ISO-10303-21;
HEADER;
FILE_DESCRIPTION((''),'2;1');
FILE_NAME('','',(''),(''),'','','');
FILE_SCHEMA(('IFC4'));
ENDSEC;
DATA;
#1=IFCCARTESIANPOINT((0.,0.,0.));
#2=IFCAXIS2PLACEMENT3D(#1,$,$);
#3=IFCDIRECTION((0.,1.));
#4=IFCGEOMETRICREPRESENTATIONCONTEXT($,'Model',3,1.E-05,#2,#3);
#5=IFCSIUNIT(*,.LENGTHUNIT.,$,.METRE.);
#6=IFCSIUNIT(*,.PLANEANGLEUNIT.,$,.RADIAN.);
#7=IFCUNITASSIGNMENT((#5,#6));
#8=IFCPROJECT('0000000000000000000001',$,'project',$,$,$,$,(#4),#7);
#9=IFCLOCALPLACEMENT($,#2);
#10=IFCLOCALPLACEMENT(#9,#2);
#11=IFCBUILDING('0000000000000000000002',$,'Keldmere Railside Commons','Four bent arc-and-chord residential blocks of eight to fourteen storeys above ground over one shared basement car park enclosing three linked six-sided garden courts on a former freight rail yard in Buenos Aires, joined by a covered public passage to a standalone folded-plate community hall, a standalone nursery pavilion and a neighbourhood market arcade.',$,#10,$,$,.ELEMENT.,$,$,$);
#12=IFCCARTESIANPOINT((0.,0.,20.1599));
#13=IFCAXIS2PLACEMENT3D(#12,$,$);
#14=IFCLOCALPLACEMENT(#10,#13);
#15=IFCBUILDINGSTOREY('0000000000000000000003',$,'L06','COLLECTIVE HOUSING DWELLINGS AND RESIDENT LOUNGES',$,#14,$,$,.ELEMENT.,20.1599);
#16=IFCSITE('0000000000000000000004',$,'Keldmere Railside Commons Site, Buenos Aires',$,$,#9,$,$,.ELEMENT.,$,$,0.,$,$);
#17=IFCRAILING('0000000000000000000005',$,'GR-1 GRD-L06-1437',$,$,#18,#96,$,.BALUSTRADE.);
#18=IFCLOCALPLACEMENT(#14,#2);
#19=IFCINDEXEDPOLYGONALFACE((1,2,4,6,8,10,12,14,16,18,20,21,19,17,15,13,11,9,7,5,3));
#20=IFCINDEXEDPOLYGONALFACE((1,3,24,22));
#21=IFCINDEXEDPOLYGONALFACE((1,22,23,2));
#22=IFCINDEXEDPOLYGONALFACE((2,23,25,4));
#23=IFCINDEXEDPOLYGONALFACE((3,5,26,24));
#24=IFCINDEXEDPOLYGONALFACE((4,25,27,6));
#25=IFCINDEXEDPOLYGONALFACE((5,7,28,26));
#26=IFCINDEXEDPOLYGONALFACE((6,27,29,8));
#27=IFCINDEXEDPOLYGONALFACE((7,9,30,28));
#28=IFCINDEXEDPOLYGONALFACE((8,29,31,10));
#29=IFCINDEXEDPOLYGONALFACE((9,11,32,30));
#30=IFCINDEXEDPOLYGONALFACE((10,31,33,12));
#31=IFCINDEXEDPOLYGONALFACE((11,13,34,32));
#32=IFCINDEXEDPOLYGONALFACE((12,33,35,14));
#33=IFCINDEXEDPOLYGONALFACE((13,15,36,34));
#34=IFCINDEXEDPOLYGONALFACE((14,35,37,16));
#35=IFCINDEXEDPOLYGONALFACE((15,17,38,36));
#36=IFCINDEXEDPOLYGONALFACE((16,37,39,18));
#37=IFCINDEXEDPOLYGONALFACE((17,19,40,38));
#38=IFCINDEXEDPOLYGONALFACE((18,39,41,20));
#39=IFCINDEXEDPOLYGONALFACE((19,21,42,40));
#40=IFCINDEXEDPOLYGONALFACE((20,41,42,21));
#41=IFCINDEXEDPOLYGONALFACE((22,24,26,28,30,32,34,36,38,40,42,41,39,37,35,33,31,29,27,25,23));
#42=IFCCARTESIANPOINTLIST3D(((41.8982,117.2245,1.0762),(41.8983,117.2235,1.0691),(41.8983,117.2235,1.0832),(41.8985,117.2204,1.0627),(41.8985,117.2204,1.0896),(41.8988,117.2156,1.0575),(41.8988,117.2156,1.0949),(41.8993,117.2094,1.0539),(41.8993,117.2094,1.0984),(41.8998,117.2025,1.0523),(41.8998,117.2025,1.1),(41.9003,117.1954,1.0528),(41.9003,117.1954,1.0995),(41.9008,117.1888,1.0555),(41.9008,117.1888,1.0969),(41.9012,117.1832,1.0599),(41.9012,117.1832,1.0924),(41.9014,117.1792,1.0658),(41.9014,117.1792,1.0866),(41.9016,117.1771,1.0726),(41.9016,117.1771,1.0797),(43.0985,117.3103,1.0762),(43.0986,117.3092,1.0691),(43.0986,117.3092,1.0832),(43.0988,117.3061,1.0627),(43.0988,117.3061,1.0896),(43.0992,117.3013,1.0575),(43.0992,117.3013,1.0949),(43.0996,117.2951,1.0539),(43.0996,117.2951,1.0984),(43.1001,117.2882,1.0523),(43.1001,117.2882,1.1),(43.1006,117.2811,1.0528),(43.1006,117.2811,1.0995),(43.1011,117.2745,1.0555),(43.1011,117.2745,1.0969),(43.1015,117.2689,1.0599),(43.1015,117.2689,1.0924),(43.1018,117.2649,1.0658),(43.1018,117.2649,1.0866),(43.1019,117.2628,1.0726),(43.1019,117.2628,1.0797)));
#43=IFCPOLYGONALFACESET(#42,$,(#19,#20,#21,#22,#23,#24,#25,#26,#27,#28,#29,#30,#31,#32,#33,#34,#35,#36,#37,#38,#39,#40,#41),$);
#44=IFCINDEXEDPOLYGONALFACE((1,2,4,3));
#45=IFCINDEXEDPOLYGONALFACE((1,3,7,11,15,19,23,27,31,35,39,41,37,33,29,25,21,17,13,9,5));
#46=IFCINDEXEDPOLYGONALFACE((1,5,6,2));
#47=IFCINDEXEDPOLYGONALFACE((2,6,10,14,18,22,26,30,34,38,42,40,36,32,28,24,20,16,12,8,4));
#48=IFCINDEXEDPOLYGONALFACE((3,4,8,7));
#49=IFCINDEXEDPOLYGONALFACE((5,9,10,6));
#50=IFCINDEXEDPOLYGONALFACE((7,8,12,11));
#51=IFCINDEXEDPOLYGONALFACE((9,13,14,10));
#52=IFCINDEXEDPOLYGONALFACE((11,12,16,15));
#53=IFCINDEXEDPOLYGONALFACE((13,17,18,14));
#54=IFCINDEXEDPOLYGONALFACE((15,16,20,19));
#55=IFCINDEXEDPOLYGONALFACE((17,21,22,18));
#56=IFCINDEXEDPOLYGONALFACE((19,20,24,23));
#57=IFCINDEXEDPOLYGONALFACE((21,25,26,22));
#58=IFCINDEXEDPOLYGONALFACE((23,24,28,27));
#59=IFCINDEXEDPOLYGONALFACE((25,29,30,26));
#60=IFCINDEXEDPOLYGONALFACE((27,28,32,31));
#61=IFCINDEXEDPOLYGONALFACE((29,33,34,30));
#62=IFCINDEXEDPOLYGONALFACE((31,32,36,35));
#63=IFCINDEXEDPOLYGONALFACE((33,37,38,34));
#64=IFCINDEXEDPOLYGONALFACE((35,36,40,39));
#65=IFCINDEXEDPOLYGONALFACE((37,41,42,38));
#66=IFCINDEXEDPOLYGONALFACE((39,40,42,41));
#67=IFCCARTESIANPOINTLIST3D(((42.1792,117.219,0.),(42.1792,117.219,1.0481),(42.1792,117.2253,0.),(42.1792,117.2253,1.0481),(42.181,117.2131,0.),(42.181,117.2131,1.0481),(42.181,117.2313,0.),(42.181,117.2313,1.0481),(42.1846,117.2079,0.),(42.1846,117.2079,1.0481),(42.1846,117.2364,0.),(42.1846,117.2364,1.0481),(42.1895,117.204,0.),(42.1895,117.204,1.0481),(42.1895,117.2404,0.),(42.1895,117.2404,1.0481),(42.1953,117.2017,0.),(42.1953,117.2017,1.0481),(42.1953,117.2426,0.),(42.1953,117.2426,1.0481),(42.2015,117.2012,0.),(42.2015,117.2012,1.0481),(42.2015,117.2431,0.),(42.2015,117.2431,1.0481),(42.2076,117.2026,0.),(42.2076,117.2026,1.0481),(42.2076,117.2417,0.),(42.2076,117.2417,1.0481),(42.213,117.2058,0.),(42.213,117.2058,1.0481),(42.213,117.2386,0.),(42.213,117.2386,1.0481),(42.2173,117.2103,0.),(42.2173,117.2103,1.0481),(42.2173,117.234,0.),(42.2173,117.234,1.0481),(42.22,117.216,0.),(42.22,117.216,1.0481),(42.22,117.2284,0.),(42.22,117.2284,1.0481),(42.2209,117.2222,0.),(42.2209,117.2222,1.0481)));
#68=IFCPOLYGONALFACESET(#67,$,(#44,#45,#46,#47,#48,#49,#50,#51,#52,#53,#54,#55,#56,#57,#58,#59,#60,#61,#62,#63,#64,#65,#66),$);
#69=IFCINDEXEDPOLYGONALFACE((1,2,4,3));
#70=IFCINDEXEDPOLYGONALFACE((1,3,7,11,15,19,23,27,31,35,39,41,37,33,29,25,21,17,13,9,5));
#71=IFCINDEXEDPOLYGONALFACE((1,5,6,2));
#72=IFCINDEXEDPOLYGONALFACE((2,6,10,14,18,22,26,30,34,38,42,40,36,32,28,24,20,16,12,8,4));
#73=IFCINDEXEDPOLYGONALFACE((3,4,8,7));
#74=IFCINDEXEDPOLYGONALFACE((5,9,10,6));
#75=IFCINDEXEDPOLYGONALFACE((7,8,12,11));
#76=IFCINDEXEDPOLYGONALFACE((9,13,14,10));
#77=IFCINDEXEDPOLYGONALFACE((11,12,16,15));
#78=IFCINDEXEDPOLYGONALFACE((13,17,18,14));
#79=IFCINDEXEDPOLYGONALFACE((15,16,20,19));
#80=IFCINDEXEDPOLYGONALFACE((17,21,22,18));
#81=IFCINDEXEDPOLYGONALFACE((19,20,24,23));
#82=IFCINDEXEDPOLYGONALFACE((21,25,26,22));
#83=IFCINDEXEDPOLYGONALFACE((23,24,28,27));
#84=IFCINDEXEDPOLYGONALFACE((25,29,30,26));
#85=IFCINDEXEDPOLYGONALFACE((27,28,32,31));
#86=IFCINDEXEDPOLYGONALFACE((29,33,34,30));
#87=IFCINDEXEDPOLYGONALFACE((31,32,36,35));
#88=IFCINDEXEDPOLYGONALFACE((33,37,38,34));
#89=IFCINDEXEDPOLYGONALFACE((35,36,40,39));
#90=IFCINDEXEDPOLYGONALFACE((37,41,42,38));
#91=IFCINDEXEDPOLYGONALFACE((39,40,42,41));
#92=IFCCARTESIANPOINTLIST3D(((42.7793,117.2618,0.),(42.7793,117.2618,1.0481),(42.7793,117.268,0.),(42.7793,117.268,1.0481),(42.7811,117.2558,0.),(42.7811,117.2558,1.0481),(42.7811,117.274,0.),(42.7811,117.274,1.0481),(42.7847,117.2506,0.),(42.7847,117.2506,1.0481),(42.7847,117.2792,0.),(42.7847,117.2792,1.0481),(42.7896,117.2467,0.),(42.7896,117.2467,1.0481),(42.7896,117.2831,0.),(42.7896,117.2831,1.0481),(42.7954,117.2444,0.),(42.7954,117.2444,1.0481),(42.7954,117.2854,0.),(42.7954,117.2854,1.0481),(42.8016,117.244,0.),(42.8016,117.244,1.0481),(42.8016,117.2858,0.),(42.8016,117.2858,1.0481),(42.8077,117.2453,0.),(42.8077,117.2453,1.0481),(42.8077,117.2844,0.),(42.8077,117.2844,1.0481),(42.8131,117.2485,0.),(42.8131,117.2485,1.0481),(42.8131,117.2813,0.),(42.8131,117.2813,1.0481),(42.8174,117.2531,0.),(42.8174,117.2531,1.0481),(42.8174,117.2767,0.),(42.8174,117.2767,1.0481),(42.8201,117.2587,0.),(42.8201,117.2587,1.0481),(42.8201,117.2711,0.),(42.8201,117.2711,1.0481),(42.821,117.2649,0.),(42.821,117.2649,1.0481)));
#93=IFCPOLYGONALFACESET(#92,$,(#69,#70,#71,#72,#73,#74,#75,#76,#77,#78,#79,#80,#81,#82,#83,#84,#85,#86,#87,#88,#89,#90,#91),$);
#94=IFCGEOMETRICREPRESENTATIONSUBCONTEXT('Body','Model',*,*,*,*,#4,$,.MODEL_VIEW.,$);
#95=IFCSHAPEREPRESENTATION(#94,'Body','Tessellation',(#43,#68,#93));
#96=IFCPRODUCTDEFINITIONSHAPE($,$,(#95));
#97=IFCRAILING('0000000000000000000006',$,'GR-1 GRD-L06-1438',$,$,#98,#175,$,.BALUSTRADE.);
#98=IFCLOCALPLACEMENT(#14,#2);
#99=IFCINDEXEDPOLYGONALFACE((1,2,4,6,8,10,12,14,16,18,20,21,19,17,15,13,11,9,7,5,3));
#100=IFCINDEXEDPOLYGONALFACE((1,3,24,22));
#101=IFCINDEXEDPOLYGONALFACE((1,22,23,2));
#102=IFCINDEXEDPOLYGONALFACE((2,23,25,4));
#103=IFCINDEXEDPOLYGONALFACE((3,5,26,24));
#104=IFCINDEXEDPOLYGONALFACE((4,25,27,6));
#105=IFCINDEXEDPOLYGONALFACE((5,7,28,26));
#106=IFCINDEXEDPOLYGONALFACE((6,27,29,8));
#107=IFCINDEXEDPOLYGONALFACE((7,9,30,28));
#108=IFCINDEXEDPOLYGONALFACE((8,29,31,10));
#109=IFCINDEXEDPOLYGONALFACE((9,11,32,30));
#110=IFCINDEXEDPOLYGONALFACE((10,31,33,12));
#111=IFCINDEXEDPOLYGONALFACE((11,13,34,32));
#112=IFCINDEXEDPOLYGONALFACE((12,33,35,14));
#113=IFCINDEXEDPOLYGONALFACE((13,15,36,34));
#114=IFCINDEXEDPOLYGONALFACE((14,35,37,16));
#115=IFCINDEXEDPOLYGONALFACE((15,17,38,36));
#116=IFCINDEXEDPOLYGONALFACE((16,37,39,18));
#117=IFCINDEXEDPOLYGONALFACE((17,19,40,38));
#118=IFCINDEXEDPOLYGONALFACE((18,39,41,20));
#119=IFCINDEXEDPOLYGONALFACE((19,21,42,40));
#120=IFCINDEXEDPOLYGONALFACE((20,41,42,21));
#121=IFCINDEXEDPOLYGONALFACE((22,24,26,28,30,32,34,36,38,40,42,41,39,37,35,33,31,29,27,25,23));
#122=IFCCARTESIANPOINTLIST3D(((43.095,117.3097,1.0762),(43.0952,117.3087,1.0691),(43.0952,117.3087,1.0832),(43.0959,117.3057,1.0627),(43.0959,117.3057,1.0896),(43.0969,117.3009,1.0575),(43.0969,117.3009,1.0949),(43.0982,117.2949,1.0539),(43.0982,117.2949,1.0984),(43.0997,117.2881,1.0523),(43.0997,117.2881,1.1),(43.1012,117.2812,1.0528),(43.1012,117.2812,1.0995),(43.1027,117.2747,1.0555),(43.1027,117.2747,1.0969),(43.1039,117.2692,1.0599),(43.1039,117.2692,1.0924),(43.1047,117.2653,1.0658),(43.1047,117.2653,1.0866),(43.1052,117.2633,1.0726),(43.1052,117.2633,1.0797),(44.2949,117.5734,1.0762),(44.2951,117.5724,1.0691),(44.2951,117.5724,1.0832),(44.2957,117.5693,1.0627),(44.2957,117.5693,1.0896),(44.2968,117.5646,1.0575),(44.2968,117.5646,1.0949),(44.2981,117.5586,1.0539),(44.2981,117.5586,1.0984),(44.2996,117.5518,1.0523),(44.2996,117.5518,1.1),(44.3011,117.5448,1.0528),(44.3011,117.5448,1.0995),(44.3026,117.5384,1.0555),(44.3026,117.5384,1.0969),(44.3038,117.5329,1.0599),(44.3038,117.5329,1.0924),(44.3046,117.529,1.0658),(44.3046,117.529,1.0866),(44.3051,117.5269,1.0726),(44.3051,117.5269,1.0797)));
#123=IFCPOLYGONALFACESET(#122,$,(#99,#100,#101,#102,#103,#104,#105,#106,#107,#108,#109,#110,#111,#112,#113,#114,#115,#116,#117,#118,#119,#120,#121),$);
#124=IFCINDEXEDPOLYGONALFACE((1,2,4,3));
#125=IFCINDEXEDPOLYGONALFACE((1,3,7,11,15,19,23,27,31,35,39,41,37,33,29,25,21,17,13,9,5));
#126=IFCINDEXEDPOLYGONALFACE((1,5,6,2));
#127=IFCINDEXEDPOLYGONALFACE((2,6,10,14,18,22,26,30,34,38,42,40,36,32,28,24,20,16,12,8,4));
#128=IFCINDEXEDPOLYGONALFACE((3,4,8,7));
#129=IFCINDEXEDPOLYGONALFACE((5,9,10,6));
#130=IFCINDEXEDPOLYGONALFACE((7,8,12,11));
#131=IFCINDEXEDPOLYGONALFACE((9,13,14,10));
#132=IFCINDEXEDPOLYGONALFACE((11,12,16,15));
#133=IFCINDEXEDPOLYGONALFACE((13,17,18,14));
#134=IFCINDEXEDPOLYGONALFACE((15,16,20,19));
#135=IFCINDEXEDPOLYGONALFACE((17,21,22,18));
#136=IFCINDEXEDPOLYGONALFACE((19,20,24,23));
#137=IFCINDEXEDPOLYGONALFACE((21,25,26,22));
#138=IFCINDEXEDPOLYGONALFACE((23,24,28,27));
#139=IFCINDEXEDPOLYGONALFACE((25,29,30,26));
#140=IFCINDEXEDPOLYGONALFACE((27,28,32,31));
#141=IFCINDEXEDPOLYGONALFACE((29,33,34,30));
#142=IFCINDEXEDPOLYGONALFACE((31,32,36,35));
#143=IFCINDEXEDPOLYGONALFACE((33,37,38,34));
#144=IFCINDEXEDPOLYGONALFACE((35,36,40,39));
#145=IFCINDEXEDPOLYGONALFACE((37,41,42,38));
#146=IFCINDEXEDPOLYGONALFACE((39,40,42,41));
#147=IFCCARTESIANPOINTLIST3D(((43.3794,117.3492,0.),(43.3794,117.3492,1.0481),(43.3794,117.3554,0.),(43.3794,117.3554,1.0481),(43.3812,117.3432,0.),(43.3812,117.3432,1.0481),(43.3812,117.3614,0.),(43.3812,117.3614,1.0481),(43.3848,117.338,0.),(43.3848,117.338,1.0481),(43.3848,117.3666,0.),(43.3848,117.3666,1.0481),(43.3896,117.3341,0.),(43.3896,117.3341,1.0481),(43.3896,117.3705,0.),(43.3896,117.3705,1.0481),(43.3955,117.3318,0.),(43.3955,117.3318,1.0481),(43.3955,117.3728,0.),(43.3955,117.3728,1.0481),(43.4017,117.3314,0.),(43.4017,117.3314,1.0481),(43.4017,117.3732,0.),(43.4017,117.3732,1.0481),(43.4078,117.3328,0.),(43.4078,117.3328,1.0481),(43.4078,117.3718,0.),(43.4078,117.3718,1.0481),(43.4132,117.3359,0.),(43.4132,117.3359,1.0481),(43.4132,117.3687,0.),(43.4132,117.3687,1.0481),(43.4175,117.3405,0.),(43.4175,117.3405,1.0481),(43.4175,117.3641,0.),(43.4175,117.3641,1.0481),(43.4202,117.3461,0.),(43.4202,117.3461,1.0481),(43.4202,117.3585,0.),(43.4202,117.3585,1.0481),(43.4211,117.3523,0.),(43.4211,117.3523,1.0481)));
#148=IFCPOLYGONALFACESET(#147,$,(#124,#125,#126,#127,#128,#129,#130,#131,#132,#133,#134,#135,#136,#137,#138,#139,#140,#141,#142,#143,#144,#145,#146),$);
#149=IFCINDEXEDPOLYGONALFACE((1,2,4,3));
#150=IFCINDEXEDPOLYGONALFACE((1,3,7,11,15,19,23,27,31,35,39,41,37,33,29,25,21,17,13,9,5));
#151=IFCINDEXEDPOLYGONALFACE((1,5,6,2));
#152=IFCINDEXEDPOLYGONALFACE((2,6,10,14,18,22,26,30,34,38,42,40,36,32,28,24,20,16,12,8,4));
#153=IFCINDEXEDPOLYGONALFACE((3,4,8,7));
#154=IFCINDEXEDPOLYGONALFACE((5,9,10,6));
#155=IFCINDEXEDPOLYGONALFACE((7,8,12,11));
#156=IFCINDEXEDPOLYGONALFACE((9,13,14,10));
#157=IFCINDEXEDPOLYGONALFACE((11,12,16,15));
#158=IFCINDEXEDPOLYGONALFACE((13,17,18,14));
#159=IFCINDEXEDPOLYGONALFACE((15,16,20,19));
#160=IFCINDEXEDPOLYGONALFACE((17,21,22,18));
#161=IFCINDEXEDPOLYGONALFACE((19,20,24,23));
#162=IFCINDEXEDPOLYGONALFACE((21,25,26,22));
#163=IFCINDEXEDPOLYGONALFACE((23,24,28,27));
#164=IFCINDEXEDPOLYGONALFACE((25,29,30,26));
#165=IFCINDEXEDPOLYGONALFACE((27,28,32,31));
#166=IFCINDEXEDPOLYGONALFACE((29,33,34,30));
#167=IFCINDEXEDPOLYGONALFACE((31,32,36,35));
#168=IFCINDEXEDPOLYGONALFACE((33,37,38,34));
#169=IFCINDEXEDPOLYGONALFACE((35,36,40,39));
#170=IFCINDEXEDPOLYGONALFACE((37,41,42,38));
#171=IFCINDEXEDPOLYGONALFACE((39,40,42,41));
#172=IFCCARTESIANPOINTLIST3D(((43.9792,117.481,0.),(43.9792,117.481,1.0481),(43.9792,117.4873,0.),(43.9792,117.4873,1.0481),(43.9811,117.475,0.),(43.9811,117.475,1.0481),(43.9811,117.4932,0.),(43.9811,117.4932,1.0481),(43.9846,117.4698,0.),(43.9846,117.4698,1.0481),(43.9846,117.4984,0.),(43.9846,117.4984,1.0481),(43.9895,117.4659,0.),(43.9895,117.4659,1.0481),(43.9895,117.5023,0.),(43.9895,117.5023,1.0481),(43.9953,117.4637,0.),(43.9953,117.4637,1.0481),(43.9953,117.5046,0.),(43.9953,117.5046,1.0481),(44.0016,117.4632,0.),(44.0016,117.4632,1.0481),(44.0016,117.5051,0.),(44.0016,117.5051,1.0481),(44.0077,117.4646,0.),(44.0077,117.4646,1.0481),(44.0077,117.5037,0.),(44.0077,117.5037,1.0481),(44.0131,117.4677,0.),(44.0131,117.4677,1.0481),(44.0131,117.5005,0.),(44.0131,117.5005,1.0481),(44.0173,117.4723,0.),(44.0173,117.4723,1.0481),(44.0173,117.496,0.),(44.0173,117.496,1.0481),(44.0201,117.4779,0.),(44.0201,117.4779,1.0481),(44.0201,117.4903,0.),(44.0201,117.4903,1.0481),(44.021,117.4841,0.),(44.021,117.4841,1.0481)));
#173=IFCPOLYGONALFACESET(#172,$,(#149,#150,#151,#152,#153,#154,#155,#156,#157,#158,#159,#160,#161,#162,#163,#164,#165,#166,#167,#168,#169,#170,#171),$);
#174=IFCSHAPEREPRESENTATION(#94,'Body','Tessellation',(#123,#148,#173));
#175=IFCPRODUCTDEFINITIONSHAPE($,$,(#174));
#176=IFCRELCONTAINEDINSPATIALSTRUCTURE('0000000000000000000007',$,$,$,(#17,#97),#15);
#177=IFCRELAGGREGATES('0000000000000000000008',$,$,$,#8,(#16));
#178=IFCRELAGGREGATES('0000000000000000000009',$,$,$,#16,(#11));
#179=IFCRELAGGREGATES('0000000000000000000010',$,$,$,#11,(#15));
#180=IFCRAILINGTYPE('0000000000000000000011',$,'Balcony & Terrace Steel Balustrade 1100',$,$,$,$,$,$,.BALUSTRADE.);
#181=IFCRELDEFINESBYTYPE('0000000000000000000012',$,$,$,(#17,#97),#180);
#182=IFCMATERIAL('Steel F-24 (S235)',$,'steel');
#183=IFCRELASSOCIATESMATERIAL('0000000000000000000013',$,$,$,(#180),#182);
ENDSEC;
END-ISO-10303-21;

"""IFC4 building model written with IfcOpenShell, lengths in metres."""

from ifc_helpers import new_model, si_unit, direction, frame, origin, origin_2d, place, context, subcontext, project, spatial, circle, extrude, material, type_object, element, save


model = new_model("IFC4")

# Units and contexts
model_context = context("Model", 3, precision=1e-05, world=origin(), true_north=direction((0.0, 1.0)))
body_context = subcontext(model_context, "Body", "Model", "MODEL_VIEW")
ifc_project = project(units=[si_unit("LENGTHUNIT", "METRE"), si_unit("PLANEANGLEUNIT", "RADIAN")], contexts=[model_context])

# Site, building, storey
site_placement = place(None, origin())
site = spatial("IfcSite", under=ifc_project, at=site_placement, Name="Keldmere Railside Commons Site, Buenos Aires", CompositionType="ELEMENT", RefElevation=0.0)
building_placement = place(site_placement, origin())
building = spatial("IfcBuilding", under=site, at=building_placement, Name="Keldmere Railside Commons", Description="Four bent arc-and-chord residential blocks of eight to fourteen storeys above ground over one shared basement car park enclosing three linked six-sided garden courts on a former freight rail yard in Buenos Aires, joined by a covered public passage to a standalone folded-plate community hall, a standalone nursery pavilion and a neighbourhood market arcade.", CompositionType="ELEMENT")
storey_placement = place(building_placement, frame((0.0, 0.0, 20.1599)))
storey = spatial("IfcBuildingStorey", under=building, at=storey_placement, Name="L06", Description="COLLECTIVE HOUSING DWELLINGS AND RESIDENT LOUNGES", CompositionType="ELEMENT", Elevation=20.1599)

# Railings
ifc_material_1 = material(Name="Steel F-24 (S235)", Category="steel")
railing_type = type_object("IfcRailingType", Name="Balcony & Terrace Steel Balustrade 1100", PredefinedType="BALUSTRADE", material=ifc_material_1)
railing_1_placement = place(storey_placement, frame((41.8999, 117.2007, 0.0)))
element("IfcRailing", 1, at=railing_1_placement, inside=storey, type_object=railing_type, Name="GR-1 GRD-L06-1437", PredefinedType="BALUSTRADE", context=body_context, shape_type="SweptSolid", body=[
    extrude(circle(Radius=0.0239, at=origin_2d()), frame((0.0, 0.0, 1.0762), z_axis=(0.997461, 0.071218, 0.0), x_axis=(-0.071218, 0.997461, 0.0)), (0.0, 0.0, 1.0), 1.2034),
    extrude(circle(Radius=0.021, at=origin_2d()), frame((0.3, 0.0215, 0.0)), (0.0, 0.0, 1.0), 1.0481),
    extrude(circle(Radius=0.021, at=origin_2d()), frame((0.9001, 0.0642, 0.0)), (0.0, 0.0, 1.0), 1.0481),
])
railing_2_placement = place(storey_placement, frame((43.1001, 117.2864, 0.0)))
element("IfcRailing", 2, at=railing_2_placement, inside=storey, type_object=railing_type, Name="GR-1 GRD-L06-1438", PredefinedType="BALUSTRADE", context=body_context, shape_type="SweptSolid", body=[
    extrude(circle(Radius=0.0239, at=origin_2d()), frame((0.0, 0.0, 1.0762), z_axis=(0.976699, 0.214615, 0.0), x_axis=(-0.214615, 0.976699, 0.0)), (0.0, 0.0, 1.0), 1.2285),
    extrude(circle(Radius=0.021, at=origin_2d()), frame((0.3, 0.0659, 0.0)), (0.0, 0.0, 1.0), 1.0481),
    extrude(circle(Radius=0.021, at=origin_2d()), frame((0.8999, 0.1978, 0.0)), (0.0, 0.0, 1.0), 1.0481),
])

save(model, "model.ifc")
